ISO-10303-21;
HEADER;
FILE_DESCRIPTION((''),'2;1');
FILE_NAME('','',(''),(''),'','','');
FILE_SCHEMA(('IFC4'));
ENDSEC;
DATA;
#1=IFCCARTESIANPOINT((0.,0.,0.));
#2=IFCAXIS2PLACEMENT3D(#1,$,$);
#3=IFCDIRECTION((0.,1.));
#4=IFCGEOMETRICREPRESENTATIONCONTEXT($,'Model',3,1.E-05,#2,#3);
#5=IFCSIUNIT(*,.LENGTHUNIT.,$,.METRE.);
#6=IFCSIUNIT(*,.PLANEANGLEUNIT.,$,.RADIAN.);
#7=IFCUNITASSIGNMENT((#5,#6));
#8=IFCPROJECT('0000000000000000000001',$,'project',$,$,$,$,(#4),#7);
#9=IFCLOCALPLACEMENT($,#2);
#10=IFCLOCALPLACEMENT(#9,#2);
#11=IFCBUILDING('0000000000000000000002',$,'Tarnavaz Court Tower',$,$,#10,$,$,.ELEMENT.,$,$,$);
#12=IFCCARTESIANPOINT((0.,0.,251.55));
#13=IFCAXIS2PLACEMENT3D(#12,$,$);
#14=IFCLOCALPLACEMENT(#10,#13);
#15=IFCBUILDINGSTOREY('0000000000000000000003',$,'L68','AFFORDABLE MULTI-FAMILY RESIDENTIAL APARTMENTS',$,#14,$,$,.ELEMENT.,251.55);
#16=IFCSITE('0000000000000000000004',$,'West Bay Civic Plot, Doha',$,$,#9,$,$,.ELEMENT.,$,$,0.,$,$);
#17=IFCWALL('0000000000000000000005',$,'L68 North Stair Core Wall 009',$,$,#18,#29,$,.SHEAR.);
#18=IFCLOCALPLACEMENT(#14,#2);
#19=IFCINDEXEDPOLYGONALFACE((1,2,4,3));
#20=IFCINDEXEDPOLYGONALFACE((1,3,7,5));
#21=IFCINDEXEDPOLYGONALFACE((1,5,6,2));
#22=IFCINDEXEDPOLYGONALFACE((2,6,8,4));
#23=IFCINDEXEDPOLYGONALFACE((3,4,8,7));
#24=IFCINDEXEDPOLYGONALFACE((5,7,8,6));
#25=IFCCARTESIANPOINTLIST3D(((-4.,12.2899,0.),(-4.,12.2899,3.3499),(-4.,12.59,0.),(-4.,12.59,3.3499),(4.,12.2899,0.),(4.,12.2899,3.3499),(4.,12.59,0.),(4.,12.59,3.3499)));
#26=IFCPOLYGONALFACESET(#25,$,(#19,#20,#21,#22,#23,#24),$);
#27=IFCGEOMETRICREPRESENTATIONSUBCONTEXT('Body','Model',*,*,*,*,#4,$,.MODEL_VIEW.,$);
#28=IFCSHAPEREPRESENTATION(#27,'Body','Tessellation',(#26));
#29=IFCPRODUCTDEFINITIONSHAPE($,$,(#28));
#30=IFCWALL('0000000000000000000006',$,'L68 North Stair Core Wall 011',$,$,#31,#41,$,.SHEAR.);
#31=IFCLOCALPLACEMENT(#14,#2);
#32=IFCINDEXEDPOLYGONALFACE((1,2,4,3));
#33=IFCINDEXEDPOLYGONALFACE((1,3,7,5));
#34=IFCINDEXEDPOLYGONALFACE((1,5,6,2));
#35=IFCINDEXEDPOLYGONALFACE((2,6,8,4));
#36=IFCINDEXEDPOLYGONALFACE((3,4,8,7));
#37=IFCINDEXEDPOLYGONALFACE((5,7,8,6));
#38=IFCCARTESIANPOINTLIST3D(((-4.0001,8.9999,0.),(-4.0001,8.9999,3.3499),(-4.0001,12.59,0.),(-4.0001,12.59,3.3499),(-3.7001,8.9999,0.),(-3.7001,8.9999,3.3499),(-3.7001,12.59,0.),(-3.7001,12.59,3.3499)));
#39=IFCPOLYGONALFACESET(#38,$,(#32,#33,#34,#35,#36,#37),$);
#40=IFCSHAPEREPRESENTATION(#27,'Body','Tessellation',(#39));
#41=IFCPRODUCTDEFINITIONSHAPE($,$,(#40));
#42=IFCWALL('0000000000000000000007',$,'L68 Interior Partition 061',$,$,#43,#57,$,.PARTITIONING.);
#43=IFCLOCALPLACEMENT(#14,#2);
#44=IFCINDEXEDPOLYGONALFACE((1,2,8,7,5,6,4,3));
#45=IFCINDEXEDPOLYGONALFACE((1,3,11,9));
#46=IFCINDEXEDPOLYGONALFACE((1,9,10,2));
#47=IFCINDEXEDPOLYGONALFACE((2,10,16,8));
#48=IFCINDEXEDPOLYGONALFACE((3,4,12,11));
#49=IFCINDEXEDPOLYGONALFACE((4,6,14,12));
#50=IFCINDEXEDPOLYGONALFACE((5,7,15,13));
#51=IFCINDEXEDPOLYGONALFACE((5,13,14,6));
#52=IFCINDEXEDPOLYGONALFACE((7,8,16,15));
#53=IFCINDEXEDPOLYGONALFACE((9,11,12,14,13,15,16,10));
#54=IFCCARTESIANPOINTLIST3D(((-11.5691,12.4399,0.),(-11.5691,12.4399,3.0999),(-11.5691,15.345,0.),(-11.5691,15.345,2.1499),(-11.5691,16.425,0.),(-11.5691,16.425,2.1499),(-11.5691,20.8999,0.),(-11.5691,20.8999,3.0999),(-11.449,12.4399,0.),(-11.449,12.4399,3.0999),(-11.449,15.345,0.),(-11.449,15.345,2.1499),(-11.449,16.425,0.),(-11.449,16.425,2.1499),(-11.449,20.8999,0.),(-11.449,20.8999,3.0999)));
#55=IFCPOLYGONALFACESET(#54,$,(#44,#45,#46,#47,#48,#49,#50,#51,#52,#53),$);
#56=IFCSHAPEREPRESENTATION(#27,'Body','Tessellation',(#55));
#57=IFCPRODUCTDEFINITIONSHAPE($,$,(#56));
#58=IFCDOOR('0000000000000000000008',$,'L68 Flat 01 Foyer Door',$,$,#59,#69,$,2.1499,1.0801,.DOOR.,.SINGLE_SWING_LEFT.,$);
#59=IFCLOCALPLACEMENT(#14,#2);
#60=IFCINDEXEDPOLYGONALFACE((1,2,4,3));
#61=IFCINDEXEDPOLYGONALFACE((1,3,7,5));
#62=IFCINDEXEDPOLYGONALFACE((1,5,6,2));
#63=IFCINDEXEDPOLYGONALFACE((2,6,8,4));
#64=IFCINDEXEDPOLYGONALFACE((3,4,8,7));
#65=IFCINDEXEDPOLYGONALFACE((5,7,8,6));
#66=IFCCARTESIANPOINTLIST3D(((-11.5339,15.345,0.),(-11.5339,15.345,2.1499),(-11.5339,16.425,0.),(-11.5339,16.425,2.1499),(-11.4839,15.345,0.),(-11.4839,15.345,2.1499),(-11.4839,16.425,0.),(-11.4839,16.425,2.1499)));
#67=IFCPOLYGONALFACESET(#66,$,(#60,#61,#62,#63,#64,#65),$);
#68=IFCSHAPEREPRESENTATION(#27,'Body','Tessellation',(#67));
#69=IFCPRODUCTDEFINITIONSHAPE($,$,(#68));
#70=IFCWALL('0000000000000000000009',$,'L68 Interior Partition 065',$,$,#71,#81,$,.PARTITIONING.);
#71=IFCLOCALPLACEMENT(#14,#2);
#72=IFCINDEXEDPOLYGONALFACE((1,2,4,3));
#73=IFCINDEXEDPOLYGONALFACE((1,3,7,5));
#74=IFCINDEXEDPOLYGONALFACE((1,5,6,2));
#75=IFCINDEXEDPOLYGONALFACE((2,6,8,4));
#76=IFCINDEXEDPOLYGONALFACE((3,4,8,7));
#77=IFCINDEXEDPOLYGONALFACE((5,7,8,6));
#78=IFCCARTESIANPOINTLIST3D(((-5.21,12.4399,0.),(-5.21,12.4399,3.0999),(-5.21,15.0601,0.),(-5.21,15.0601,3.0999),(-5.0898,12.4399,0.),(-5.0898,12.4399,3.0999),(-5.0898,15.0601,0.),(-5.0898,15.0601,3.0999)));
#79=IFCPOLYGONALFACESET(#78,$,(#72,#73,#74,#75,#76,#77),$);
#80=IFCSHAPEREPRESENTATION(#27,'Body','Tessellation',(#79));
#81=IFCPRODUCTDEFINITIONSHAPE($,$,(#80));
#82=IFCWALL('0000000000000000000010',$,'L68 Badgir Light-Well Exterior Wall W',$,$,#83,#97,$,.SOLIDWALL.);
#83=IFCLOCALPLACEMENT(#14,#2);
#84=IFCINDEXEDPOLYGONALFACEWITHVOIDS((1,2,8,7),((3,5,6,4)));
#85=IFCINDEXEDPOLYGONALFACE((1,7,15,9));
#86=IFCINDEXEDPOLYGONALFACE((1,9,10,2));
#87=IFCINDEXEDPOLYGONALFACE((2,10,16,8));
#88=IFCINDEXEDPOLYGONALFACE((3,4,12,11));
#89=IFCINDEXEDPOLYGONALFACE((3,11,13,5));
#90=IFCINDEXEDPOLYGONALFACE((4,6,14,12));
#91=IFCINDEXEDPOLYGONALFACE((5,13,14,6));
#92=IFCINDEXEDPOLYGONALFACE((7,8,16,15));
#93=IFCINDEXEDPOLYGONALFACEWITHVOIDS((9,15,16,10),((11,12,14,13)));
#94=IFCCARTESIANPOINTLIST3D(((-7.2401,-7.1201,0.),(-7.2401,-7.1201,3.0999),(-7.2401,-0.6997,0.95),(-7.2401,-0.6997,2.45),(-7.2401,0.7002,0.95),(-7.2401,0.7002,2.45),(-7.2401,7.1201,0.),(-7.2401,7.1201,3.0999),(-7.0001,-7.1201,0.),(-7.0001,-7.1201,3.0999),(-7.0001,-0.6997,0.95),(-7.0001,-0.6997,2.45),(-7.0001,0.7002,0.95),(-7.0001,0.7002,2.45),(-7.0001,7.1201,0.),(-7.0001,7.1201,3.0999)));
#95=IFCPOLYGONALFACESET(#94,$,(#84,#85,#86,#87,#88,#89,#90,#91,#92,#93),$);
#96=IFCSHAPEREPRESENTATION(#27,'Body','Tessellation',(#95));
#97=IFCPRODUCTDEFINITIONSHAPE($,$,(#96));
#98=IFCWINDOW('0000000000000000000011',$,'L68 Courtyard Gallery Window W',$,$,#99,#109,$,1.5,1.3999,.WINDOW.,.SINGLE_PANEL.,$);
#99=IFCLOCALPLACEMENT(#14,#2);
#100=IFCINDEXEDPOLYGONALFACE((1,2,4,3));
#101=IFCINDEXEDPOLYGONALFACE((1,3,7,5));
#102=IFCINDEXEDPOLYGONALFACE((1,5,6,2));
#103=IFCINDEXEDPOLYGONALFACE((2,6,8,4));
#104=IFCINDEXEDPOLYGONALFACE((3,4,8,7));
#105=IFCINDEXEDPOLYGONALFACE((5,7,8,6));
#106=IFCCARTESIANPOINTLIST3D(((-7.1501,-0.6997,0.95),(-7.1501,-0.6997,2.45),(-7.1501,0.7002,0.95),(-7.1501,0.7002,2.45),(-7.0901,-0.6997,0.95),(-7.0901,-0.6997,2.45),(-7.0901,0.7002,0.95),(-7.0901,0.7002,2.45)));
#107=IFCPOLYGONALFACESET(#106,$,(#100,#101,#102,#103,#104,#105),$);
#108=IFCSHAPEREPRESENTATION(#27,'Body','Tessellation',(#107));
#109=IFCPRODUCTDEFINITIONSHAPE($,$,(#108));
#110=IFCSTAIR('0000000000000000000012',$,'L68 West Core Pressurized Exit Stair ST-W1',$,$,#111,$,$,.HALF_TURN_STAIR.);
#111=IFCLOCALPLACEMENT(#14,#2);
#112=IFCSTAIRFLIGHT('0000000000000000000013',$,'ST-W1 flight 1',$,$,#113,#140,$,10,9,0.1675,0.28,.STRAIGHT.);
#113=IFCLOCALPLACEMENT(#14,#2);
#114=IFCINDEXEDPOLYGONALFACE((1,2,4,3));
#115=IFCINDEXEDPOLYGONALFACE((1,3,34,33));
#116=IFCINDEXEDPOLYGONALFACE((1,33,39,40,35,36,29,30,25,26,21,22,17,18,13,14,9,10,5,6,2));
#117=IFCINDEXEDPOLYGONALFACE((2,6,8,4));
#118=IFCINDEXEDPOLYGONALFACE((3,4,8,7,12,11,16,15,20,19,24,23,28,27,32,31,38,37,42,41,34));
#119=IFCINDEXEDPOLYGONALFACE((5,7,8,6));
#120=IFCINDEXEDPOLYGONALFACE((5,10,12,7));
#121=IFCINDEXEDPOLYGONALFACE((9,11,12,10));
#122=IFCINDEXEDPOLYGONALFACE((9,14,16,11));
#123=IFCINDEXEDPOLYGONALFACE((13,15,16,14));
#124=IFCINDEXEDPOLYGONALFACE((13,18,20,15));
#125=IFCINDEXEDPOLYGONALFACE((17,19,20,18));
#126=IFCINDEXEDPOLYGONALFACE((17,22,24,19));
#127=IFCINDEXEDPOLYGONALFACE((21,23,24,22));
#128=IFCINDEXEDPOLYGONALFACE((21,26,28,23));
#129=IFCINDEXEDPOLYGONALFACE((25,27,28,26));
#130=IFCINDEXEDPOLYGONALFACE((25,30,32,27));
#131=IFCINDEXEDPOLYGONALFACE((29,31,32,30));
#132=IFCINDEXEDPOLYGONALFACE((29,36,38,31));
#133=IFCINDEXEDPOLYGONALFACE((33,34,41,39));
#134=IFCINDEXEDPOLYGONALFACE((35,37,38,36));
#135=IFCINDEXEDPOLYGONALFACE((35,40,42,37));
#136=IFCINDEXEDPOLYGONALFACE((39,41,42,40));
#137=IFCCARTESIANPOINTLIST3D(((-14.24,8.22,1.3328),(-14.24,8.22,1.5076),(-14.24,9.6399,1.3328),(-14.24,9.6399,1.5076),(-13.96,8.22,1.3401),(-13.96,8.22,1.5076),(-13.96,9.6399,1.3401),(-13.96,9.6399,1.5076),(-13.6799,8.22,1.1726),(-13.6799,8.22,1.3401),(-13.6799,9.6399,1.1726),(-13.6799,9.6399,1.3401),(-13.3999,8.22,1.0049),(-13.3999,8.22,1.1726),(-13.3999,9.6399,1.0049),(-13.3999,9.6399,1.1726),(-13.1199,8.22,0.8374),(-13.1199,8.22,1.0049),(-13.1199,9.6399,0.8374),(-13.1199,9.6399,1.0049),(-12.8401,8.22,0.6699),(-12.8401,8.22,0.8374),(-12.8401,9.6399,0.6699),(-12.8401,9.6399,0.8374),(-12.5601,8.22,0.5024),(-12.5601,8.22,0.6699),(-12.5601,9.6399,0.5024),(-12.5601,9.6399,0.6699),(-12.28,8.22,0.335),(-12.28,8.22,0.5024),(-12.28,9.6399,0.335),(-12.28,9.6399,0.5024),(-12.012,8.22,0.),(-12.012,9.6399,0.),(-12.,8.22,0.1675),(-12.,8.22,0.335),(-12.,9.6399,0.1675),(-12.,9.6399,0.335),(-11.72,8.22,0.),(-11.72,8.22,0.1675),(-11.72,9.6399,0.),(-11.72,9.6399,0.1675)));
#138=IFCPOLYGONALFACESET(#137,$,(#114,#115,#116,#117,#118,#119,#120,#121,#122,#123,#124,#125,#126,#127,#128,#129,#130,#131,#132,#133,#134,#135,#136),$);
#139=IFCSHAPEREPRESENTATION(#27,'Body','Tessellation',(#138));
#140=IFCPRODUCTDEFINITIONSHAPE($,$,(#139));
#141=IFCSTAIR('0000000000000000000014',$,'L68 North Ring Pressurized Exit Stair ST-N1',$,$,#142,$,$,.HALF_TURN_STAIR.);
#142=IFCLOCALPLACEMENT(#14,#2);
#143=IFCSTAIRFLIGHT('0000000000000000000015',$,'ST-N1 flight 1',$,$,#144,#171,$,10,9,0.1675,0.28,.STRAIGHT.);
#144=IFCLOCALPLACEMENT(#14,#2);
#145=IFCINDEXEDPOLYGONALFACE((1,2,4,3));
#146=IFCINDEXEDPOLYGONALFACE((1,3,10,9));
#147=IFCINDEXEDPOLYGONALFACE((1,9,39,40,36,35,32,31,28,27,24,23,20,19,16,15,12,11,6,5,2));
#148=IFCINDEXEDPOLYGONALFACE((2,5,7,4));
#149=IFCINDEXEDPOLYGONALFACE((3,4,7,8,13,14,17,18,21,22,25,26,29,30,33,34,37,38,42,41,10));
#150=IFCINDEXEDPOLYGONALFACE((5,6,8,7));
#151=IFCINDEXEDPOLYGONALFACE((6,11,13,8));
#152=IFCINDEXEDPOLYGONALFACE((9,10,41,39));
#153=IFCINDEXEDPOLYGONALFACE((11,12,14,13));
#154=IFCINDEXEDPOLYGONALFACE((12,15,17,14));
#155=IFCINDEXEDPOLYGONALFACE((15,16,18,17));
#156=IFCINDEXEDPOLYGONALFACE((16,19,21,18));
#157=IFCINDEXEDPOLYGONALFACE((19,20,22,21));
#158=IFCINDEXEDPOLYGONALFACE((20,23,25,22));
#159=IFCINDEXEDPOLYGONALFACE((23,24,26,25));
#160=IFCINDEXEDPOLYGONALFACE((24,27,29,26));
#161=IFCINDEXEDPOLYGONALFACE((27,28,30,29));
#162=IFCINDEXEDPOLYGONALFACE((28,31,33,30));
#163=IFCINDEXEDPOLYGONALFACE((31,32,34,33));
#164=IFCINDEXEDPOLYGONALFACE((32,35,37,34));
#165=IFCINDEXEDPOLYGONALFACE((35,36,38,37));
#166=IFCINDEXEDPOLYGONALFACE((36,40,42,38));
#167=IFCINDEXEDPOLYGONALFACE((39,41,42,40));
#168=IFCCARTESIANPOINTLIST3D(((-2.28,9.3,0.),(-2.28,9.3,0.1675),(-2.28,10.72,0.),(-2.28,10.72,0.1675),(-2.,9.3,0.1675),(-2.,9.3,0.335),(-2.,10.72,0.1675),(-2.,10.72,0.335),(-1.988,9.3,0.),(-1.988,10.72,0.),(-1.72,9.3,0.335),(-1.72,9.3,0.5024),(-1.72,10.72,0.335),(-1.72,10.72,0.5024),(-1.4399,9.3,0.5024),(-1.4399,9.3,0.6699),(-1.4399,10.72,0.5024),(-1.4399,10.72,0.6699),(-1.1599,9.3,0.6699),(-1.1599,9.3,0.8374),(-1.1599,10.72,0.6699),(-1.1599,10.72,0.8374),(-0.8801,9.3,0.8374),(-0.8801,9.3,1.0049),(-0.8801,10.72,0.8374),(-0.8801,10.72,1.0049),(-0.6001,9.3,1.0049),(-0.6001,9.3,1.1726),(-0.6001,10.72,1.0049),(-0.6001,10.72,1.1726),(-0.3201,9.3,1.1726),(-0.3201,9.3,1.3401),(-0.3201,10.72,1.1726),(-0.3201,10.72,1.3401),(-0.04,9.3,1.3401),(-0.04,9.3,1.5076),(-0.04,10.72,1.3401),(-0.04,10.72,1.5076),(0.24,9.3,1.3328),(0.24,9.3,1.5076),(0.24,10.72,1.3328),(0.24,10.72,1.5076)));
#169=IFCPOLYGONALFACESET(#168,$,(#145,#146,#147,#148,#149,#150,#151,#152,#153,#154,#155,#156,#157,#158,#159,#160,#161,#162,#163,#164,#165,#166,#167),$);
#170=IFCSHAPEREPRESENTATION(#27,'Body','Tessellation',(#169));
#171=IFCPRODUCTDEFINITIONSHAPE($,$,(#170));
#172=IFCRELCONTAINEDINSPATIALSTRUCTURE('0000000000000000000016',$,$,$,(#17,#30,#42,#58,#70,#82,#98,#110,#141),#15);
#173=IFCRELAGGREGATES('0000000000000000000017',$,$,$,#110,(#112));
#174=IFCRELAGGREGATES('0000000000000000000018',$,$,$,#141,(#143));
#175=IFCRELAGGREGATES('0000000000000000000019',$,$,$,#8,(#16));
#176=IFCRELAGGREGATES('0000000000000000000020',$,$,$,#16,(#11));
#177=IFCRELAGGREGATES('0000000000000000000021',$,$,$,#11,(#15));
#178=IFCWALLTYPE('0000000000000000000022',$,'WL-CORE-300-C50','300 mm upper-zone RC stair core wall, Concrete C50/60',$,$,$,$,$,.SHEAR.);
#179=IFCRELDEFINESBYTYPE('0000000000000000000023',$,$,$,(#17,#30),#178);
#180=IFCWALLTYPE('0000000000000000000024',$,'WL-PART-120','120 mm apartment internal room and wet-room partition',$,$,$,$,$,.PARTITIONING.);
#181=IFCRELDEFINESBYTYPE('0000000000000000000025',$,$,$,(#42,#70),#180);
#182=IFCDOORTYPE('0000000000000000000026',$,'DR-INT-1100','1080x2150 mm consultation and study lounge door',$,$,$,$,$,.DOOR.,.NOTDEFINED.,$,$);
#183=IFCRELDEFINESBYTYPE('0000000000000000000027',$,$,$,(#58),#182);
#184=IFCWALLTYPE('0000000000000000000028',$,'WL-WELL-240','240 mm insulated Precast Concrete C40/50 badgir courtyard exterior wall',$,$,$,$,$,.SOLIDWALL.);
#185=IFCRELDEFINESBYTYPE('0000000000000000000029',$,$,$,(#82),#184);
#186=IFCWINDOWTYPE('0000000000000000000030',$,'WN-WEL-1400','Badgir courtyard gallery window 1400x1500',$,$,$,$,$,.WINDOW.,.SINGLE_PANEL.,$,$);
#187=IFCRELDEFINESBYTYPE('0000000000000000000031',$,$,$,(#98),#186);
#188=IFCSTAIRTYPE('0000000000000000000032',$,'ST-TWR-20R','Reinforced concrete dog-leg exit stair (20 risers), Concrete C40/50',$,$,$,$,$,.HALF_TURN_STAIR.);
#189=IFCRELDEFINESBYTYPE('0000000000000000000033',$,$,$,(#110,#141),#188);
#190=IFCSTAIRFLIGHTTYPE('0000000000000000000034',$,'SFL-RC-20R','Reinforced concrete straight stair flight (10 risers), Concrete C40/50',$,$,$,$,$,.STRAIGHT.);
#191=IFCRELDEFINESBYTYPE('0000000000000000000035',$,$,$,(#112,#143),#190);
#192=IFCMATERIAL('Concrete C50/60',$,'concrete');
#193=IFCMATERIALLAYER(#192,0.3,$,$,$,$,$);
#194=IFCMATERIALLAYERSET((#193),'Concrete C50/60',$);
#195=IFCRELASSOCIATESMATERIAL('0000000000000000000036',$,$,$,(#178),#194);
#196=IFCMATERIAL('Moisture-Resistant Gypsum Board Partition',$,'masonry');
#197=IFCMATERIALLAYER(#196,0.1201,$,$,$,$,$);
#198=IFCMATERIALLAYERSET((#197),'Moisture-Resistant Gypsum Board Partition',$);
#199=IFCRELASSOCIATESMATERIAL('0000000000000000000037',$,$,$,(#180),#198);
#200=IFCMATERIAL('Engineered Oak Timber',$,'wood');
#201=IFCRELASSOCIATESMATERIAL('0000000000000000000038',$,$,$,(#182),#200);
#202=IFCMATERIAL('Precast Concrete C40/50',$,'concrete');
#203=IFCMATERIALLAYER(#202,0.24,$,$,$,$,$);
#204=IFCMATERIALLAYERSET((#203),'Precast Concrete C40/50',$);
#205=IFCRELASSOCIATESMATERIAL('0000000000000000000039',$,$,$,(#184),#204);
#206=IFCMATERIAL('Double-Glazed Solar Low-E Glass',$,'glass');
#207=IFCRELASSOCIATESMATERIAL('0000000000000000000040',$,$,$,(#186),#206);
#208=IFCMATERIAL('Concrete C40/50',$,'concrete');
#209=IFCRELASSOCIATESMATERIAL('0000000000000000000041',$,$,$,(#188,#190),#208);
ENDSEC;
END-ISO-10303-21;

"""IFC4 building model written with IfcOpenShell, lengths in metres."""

from ifc_helpers import new_model, si_unit, direction, frame, frame_2d, origin, place, context, subcontext, project, spatial, polyline, rectangle, outline, extrude, material, layer, layer_set, type_object, element, fill, aggregate, save


model = new_model("IFC4")

# Units and contexts
model_context = context("Model", 3, precision=1e-05, world=origin(), true_north=direction((0.0, 1.0)))
body_context = subcontext(model_context, "Body", "Model", "MODEL_VIEW")
ifc_project = project(units=[si_unit("LENGTHUNIT", "METRE"), si_unit("PLANEANGLEUNIT", "RADIAN")], contexts=[model_context])

# Site, building, storey
site_placement = place(None, origin())
site = spatial("IfcSite", under=ifc_project, at=site_placement, Name="West Bay Civic Plot, Doha", CompositionType="ELEMENT", RefElevation=0.0)
building_placement = place(site_placement, origin())
building = spatial("IfcBuilding", under=site, at=building_placement, Name="Tarnavaz Court Tower", CompositionType="ELEMENT")
storey_placement = place(building_placement, frame((0.0, 0.0, 251.55)))
storey = spatial("IfcBuildingStorey", under=building, at=storey_placement, Name="L68", Description="AFFORDABLE MULTI-FAMILY RESIDENTIAL APARTMENTS", CompositionType="ELEMENT", Elevation=251.55)

# Shared definitions
ifc_material_1 = material(Name="Concrete C50/60", Category="concrete")

# Wall
ifc_layer_1 = layer(ifc_material_1, 0.3)
ifc_layer_set_1 = layer_set([ifc_layer_1], Name="Concrete C50/60")
wall_type_1 = type_object("IfcWallType", Name="WL-CORE-300-C50", Description="300 mm upper-zone RC stair core wall, Concrete C50/60", PredefinedType="SHEAR", material=ifc_layer_set_1)
wall_1_placement = place(storey_placement, frame((-4.0, 12.4399, 0.0), z_axis=(0.0, 0.0, 1.0), x_axis=(1.0, 0.0, 0.0)))
element("IfcWall", 1, at=wall_1_placement, inside=storey, type_object=wall_type_1, Name="L68 North Stair Core Wall 009", PredefinedType="SHEAR", context=body_context, shape_type="SweptSolid", body=[
    extrude(rectangle(XDim=8.0, YDim=0.3, at=frame_2d((4.0, 0.0))), origin(), (0.0, 0.0, 1.0), 3.3499),
])

# Wall
wall_2_placement = place(storey_placement, frame((-3.8501, 9.0, 0.0), z_axis=(0.0, 0.0, 1.0), x_axis=(0.0, 1.0, 0.0)))
element("IfcWall", 2, at=wall_2_placement, inside=storey, type_object=wall_type_1, Name="L68 North Stair Core Wall 011", PredefinedType="SHEAR", context=body_context, shape_type="SweptSolid", body=[
    extrude(rectangle(XDim=3.5901, YDim=0.3, at=frame_2d((1.7949, 0.0))), origin(), (0.0, 0.0, 1.0), 3.3499),
])

# Wall, opening, door
ifc_material_2 = material(Name="Moisture-Resistant Gypsum Board Partition", Category="masonry")
ifc_layer_2 = layer(ifc_material_2, 0.1201)
ifc_layer_set_2 = layer_set([ifc_layer_2], Name="Moisture-Resistant Gypsum Board Partition")
wall_type_2 = type_object("IfcWallType", Name="WL-PART-120", Description="120 mm apartment internal room and wet-room partition", PredefinedType="PARTITIONING", material=ifc_layer_set_2)
wall_3_placement = place(storey_placement, frame((-11.509, 12.4399, 0.0), z_axis=(0.0, 0.0, 1.0), x_axis=(0.0, 1.0, 0.0)))
wall_3 = element("IfcWall", 3, at=wall_3_placement, inside=storey, type_object=wall_type_2, Name="L68 Interior Partition 061", PredefinedType="PARTITIONING", context=body_context, shape_type="SweptSolid", body=[
    extrude(rectangle(XDim=8.46, YDim=0.1201, at=frame_2d((4.23, 0.0))), origin(), (0.0, 0.0, 1.0), 3.0999),
])
opening_1_placement = place(wall_3_placement, frame((2.905, 0.0, 0.0)))
opening_1 = element("IfcOpeningElement", 4, at=opening_1_placement, cuts=wall_3, PredefinedType="OPENING", context=body_context, shape_type="SweptSolid", body=[
    extrude(rectangle(XDim=1.0801, YDim=2.1499, at=frame_2d((0.54, 1.075))), frame((0.0, 0.0701, 0.0), z_axis=(0.0, -1.0, 0.0), x_axis=(1.0, 0.0, 0.0)), (0.0, 0.0, 1.0), 0.1401),
])
ifc_material_3 = material(Name="Engineered Oak Timber", Category="wood")
door_type_1 = type_object("IfcDoorType", Name="DR-INT-1100", Description="1080x2150 mm consultation and study lounge door", OperationType="NOTDEFINED", PredefinedType="DOOR", material=ifc_material_3)
door_1_placement = place(opening_1_placement, origin())
door_1 = element("IfcDoor", 5, at=door_1_placement, inside=storey, type_object=door_type_1, Name="L68 Flat 01 Foyer Door", OperationType="SINGLE_SWING_LEFT", OverallHeight=2.1499, OverallWidth=1.0801, PredefinedType="DOOR", context=body_context, shape_type="SweptSolid", body=[
    extrude(rectangle(XDim=1.0801, YDim=2.1499, at=frame_2d((0.54, 1.075))), frame((0.0, 0.0249, 0.0), z_axis=(0.0, -1.0, 0.0), x_axis=(1.0, 0.0, 0.0)), (0.0, 0.0, 1.0), 0.05),
])
fill(opening_1, door_1)

# Wall
wall_4_placement = place(storey_placement, frame((-5.1499, 12.4399, 0.0), z_axis=(0.0, 0.0, 1.0), x_axis=(0.0, 1.0, 0.0)))
element("IfcWall", 6, at=wall_4_placement, inside=storey, type_object=wall_type_2, Name="L68 Interior Partition 065", PredefinedType="PARTITIONING", context=body_context, shape_type="SweptSolid", body=[
    extrude(rectangle(XDim=2.6201, YDim=0.1201, at=frame_2d((1.3101, 0.0))), origin(), (0.0, 0.0, 1.0), 3.0999),
])

# Wall, opening, window
ifc_material_4 = material(Name="Precast Concrete C40/50", Category="concrete")
ifc_layer_3 = layer(ifc_material_4, 0.24)
ifc_layer_set_3 = layer_set([ifc_layer_3], Name="Precast Concrete C40/50")
wall_type_3 = type_object("IfcWallType", Name="WL-WELL-240", Description="240 mm insulated Precast Concrete C40/50 badgir courtyard exterior wall", PredefinedType="SOLIDWALL", material=ifc_layer_set_3)
wall_5_placement = place(storey_placement, frame((-7.1201, 7.1201, 0.0), z_axis=(0.0, 0.0, 1.0), x_axis=(0.0, -1.0, 0.0)))
wall_5 = element("IfcWall", 7, at=wall_5_placement, inside=storey, type_object=wall_type_3, Name="L68 Badgir Light-Well Exterior Wall W", PredefinedType="SOLIDWALL", context=body_context, shape_type="SweptSolid", body=[
    extrude(rectangle(XDim=14.2402, YDim=0.24, at=frame_2d((7.1201, 0.0))), origin(), (0.0, 0.0, 1.0), 3.0999),
])
opening_2_placement = place(wall_5_placement, frame((6.4199, 0.0, 0.95)))
opening_2 = element("IfcOpeningElement", 8, at=opening_2_placement, cuts=wall_5, PredefinedType="OPENING", context=body_context, shape_type="SweptSolid", body=[
    extrude(rectangle(XDim=1.3999, YDim=1.5, at=frame_2d((0.7, 0.75))), frame((0.0, 0.1299, 0.0), z_axis=(0.0, -1.0, 0.0), x_axis=(1.0, 0.0, 0.0)), (0.0, 0.0, 1.0), 0.26),
])
ifc_material_5 = material(Name="Double-Glazed Solar Low-E Glass", Category="glass")
window_type = type_object("IfcWindowType", Name="WN-WEL-1400", Description="Badgir courtyard gallery window 1400x1500", PartitioningType="SINGLE_PANEL", PredefinedType="WINDOW", material=ifc_material_5)
window_placement = place(opening_2_placement, origin())
window = element("IfcWindow", 9, at=window_placement, inside=storey, type_object=window_type, Name="L68 Courtyard Gallery Window W", OverallHeight=1.5, OverallWidth=1.3999, PartitioningType="SINGLE_PANEL", PredefinedType="WINDOW", context=body_context, shape_type="SweptSolid", body=[
    extrude(rectangle(XDim=1.3999, YDim=1.5, at=frame_2d((0.7, 0.75))), frame((0.0, 0.03, 0.0), z_axis=(0.0, -1.0, 0.0), x_axis=(1.0, 0.0, 0.0)), (0.0, 0.0, 1.0), 0.0601),
])
fill(opening_2, window)

# Stairs, stair flights
ifc_material_6 = material(Name="Concrete C40/50", Category="concrete")
stair_type = type_object("IfcStairType", Name="ST-TWR-20R", Description="Reinforced concrete dog-leg exit stair (20 risers), Concrete C40/50", PredefinedType="HALF_TURN_STAIR", material=ifc_material_6)
stair_1_placement = place(storey_placement, origin())
stair_1 = element("IfcStair", 10, at=stair_1_placement, inside=storey, type_object=stair_type, Name="L68 West Core Pressurized Exit Stair ST-W1", PredefinedType="HALF_TURN_STAIR")
stair_flight_type = type_object("IfcStairFlightType", Name="SFL-RC-20R", Description="Reinforced concrete straight stair flight (10 risers), Concrete C40/50", PredefinedType="STRAIGHT", material=ifc_material_6)
stair_flight_1_placement = place(storey_placement, frame((-11.72, 8.9299, 0.0), z_axis=(0.0, 0.0, 1.0), x_axis=(-1.0, 0.0, 0.0)))
stair_flight_1 = element("IfcStairFlight", 11, at=stair_flight_1_placement, type_object=stair_flight_type, Name="ST-W1 flight 1", NumberOfRisers=10, NumberOfTreads=9, PredefinedType="STRAIGHT", RiserHeight=0.1675, TreadLength=0.28, context=body_context, shape_type="SweptSolid", body=[
    extrude(outline(polyline([(0.0, 0.0), (0.0, 0.1675), (0.28, 0.1675), (0.28, 0.335), (0.5601, 0.335), (0.5601, 0.5024), (0.8401, 0.5024), (0.8401, 0.6699), (1.1201, 0.6699), (1.1201, 0.8374), (1.3999, 0.8374), (1.3999, 1.0049), (1.6799, 1.0049), (1.6799, 1.1726), (1.96, 1.1726), (1.96, 1.3401), (2.24, 1.3401), (2.24, 1.5076), (2.52, 1.5076), (2.52, 1.675), (2.52, 1.3328), (0.292, 0.0), (0.0, 0.0)])), frame((0.0, 0.71, 0.0), z_axis=(0.0, -1.0, 0.0), x_axis=(1.0, 0.0, 0.0)), (0.0, 0.0, 1.0), 1.4199),
])
aggregate(stair_1, [stair_flight_1])
stair_2_placement = place(storey_placement, origin())
stair_2 = element("IfcStair", 12, at=stair_2_placement, inside=storey, type_object=stair_type, Name="L68 North Ring Pressurized Exit Stair ST-N1", PredefinedType="HALF_TURN_STAIR")
stair_flight_2_placement = place(storey_placement, frame((-2.28, 10.01, 0.0), z_axis=(0.0, 0.0, 1.0), x_axis=(1.0, 0.0, 0.0)))
stair_flight_2 = element("IfcStairFlight", 13, at=stair_flight_2_placement, type_object=stair_flight_type, Name="ST-N1 flight 1", NumberOfRisers=10, NumberOfTreads=9, PredefinedType="STRAIGHT", RiserHeight=0.1675, TreadLength=0.28, context=body_context, shape_type="SweptSolid", body=[
    extrude(outline(polyline([(0.0, 0.0), (0.0, 0.1675), (0.28, 0.1675), (0.28, 0.335), (0.5601, 0.335), (0.5601, 0.5024), (0.8401, 0.5024), (0.8401, 0.6699), (1.1201, 0.6699), (1.1201, 0.8374), (1.3999, 0.8374), (1.3999, 1.0049), (1.6799, 1.0049), (1.6799, 1.1726), (1.96, 1.1726), (1.96, 1.3401), (2.24, 1.3401), (2.24, 1.5076), (2.52, 1.5076), (2.52, 1.675), (2.52, 1.3328), (0.292, 0.0), (0.0, 0.0)])), frame((0.0, 0.71, 0.0), z_axis=(0.0, -1.0, 0.0), x_axis=(1.0, 0.0, 0.0)), (0.0, 0.0, 1.0), 1.4199),
])
aggregate(stair_2, [stair_flight_2])

save(model, "model.ifc")
